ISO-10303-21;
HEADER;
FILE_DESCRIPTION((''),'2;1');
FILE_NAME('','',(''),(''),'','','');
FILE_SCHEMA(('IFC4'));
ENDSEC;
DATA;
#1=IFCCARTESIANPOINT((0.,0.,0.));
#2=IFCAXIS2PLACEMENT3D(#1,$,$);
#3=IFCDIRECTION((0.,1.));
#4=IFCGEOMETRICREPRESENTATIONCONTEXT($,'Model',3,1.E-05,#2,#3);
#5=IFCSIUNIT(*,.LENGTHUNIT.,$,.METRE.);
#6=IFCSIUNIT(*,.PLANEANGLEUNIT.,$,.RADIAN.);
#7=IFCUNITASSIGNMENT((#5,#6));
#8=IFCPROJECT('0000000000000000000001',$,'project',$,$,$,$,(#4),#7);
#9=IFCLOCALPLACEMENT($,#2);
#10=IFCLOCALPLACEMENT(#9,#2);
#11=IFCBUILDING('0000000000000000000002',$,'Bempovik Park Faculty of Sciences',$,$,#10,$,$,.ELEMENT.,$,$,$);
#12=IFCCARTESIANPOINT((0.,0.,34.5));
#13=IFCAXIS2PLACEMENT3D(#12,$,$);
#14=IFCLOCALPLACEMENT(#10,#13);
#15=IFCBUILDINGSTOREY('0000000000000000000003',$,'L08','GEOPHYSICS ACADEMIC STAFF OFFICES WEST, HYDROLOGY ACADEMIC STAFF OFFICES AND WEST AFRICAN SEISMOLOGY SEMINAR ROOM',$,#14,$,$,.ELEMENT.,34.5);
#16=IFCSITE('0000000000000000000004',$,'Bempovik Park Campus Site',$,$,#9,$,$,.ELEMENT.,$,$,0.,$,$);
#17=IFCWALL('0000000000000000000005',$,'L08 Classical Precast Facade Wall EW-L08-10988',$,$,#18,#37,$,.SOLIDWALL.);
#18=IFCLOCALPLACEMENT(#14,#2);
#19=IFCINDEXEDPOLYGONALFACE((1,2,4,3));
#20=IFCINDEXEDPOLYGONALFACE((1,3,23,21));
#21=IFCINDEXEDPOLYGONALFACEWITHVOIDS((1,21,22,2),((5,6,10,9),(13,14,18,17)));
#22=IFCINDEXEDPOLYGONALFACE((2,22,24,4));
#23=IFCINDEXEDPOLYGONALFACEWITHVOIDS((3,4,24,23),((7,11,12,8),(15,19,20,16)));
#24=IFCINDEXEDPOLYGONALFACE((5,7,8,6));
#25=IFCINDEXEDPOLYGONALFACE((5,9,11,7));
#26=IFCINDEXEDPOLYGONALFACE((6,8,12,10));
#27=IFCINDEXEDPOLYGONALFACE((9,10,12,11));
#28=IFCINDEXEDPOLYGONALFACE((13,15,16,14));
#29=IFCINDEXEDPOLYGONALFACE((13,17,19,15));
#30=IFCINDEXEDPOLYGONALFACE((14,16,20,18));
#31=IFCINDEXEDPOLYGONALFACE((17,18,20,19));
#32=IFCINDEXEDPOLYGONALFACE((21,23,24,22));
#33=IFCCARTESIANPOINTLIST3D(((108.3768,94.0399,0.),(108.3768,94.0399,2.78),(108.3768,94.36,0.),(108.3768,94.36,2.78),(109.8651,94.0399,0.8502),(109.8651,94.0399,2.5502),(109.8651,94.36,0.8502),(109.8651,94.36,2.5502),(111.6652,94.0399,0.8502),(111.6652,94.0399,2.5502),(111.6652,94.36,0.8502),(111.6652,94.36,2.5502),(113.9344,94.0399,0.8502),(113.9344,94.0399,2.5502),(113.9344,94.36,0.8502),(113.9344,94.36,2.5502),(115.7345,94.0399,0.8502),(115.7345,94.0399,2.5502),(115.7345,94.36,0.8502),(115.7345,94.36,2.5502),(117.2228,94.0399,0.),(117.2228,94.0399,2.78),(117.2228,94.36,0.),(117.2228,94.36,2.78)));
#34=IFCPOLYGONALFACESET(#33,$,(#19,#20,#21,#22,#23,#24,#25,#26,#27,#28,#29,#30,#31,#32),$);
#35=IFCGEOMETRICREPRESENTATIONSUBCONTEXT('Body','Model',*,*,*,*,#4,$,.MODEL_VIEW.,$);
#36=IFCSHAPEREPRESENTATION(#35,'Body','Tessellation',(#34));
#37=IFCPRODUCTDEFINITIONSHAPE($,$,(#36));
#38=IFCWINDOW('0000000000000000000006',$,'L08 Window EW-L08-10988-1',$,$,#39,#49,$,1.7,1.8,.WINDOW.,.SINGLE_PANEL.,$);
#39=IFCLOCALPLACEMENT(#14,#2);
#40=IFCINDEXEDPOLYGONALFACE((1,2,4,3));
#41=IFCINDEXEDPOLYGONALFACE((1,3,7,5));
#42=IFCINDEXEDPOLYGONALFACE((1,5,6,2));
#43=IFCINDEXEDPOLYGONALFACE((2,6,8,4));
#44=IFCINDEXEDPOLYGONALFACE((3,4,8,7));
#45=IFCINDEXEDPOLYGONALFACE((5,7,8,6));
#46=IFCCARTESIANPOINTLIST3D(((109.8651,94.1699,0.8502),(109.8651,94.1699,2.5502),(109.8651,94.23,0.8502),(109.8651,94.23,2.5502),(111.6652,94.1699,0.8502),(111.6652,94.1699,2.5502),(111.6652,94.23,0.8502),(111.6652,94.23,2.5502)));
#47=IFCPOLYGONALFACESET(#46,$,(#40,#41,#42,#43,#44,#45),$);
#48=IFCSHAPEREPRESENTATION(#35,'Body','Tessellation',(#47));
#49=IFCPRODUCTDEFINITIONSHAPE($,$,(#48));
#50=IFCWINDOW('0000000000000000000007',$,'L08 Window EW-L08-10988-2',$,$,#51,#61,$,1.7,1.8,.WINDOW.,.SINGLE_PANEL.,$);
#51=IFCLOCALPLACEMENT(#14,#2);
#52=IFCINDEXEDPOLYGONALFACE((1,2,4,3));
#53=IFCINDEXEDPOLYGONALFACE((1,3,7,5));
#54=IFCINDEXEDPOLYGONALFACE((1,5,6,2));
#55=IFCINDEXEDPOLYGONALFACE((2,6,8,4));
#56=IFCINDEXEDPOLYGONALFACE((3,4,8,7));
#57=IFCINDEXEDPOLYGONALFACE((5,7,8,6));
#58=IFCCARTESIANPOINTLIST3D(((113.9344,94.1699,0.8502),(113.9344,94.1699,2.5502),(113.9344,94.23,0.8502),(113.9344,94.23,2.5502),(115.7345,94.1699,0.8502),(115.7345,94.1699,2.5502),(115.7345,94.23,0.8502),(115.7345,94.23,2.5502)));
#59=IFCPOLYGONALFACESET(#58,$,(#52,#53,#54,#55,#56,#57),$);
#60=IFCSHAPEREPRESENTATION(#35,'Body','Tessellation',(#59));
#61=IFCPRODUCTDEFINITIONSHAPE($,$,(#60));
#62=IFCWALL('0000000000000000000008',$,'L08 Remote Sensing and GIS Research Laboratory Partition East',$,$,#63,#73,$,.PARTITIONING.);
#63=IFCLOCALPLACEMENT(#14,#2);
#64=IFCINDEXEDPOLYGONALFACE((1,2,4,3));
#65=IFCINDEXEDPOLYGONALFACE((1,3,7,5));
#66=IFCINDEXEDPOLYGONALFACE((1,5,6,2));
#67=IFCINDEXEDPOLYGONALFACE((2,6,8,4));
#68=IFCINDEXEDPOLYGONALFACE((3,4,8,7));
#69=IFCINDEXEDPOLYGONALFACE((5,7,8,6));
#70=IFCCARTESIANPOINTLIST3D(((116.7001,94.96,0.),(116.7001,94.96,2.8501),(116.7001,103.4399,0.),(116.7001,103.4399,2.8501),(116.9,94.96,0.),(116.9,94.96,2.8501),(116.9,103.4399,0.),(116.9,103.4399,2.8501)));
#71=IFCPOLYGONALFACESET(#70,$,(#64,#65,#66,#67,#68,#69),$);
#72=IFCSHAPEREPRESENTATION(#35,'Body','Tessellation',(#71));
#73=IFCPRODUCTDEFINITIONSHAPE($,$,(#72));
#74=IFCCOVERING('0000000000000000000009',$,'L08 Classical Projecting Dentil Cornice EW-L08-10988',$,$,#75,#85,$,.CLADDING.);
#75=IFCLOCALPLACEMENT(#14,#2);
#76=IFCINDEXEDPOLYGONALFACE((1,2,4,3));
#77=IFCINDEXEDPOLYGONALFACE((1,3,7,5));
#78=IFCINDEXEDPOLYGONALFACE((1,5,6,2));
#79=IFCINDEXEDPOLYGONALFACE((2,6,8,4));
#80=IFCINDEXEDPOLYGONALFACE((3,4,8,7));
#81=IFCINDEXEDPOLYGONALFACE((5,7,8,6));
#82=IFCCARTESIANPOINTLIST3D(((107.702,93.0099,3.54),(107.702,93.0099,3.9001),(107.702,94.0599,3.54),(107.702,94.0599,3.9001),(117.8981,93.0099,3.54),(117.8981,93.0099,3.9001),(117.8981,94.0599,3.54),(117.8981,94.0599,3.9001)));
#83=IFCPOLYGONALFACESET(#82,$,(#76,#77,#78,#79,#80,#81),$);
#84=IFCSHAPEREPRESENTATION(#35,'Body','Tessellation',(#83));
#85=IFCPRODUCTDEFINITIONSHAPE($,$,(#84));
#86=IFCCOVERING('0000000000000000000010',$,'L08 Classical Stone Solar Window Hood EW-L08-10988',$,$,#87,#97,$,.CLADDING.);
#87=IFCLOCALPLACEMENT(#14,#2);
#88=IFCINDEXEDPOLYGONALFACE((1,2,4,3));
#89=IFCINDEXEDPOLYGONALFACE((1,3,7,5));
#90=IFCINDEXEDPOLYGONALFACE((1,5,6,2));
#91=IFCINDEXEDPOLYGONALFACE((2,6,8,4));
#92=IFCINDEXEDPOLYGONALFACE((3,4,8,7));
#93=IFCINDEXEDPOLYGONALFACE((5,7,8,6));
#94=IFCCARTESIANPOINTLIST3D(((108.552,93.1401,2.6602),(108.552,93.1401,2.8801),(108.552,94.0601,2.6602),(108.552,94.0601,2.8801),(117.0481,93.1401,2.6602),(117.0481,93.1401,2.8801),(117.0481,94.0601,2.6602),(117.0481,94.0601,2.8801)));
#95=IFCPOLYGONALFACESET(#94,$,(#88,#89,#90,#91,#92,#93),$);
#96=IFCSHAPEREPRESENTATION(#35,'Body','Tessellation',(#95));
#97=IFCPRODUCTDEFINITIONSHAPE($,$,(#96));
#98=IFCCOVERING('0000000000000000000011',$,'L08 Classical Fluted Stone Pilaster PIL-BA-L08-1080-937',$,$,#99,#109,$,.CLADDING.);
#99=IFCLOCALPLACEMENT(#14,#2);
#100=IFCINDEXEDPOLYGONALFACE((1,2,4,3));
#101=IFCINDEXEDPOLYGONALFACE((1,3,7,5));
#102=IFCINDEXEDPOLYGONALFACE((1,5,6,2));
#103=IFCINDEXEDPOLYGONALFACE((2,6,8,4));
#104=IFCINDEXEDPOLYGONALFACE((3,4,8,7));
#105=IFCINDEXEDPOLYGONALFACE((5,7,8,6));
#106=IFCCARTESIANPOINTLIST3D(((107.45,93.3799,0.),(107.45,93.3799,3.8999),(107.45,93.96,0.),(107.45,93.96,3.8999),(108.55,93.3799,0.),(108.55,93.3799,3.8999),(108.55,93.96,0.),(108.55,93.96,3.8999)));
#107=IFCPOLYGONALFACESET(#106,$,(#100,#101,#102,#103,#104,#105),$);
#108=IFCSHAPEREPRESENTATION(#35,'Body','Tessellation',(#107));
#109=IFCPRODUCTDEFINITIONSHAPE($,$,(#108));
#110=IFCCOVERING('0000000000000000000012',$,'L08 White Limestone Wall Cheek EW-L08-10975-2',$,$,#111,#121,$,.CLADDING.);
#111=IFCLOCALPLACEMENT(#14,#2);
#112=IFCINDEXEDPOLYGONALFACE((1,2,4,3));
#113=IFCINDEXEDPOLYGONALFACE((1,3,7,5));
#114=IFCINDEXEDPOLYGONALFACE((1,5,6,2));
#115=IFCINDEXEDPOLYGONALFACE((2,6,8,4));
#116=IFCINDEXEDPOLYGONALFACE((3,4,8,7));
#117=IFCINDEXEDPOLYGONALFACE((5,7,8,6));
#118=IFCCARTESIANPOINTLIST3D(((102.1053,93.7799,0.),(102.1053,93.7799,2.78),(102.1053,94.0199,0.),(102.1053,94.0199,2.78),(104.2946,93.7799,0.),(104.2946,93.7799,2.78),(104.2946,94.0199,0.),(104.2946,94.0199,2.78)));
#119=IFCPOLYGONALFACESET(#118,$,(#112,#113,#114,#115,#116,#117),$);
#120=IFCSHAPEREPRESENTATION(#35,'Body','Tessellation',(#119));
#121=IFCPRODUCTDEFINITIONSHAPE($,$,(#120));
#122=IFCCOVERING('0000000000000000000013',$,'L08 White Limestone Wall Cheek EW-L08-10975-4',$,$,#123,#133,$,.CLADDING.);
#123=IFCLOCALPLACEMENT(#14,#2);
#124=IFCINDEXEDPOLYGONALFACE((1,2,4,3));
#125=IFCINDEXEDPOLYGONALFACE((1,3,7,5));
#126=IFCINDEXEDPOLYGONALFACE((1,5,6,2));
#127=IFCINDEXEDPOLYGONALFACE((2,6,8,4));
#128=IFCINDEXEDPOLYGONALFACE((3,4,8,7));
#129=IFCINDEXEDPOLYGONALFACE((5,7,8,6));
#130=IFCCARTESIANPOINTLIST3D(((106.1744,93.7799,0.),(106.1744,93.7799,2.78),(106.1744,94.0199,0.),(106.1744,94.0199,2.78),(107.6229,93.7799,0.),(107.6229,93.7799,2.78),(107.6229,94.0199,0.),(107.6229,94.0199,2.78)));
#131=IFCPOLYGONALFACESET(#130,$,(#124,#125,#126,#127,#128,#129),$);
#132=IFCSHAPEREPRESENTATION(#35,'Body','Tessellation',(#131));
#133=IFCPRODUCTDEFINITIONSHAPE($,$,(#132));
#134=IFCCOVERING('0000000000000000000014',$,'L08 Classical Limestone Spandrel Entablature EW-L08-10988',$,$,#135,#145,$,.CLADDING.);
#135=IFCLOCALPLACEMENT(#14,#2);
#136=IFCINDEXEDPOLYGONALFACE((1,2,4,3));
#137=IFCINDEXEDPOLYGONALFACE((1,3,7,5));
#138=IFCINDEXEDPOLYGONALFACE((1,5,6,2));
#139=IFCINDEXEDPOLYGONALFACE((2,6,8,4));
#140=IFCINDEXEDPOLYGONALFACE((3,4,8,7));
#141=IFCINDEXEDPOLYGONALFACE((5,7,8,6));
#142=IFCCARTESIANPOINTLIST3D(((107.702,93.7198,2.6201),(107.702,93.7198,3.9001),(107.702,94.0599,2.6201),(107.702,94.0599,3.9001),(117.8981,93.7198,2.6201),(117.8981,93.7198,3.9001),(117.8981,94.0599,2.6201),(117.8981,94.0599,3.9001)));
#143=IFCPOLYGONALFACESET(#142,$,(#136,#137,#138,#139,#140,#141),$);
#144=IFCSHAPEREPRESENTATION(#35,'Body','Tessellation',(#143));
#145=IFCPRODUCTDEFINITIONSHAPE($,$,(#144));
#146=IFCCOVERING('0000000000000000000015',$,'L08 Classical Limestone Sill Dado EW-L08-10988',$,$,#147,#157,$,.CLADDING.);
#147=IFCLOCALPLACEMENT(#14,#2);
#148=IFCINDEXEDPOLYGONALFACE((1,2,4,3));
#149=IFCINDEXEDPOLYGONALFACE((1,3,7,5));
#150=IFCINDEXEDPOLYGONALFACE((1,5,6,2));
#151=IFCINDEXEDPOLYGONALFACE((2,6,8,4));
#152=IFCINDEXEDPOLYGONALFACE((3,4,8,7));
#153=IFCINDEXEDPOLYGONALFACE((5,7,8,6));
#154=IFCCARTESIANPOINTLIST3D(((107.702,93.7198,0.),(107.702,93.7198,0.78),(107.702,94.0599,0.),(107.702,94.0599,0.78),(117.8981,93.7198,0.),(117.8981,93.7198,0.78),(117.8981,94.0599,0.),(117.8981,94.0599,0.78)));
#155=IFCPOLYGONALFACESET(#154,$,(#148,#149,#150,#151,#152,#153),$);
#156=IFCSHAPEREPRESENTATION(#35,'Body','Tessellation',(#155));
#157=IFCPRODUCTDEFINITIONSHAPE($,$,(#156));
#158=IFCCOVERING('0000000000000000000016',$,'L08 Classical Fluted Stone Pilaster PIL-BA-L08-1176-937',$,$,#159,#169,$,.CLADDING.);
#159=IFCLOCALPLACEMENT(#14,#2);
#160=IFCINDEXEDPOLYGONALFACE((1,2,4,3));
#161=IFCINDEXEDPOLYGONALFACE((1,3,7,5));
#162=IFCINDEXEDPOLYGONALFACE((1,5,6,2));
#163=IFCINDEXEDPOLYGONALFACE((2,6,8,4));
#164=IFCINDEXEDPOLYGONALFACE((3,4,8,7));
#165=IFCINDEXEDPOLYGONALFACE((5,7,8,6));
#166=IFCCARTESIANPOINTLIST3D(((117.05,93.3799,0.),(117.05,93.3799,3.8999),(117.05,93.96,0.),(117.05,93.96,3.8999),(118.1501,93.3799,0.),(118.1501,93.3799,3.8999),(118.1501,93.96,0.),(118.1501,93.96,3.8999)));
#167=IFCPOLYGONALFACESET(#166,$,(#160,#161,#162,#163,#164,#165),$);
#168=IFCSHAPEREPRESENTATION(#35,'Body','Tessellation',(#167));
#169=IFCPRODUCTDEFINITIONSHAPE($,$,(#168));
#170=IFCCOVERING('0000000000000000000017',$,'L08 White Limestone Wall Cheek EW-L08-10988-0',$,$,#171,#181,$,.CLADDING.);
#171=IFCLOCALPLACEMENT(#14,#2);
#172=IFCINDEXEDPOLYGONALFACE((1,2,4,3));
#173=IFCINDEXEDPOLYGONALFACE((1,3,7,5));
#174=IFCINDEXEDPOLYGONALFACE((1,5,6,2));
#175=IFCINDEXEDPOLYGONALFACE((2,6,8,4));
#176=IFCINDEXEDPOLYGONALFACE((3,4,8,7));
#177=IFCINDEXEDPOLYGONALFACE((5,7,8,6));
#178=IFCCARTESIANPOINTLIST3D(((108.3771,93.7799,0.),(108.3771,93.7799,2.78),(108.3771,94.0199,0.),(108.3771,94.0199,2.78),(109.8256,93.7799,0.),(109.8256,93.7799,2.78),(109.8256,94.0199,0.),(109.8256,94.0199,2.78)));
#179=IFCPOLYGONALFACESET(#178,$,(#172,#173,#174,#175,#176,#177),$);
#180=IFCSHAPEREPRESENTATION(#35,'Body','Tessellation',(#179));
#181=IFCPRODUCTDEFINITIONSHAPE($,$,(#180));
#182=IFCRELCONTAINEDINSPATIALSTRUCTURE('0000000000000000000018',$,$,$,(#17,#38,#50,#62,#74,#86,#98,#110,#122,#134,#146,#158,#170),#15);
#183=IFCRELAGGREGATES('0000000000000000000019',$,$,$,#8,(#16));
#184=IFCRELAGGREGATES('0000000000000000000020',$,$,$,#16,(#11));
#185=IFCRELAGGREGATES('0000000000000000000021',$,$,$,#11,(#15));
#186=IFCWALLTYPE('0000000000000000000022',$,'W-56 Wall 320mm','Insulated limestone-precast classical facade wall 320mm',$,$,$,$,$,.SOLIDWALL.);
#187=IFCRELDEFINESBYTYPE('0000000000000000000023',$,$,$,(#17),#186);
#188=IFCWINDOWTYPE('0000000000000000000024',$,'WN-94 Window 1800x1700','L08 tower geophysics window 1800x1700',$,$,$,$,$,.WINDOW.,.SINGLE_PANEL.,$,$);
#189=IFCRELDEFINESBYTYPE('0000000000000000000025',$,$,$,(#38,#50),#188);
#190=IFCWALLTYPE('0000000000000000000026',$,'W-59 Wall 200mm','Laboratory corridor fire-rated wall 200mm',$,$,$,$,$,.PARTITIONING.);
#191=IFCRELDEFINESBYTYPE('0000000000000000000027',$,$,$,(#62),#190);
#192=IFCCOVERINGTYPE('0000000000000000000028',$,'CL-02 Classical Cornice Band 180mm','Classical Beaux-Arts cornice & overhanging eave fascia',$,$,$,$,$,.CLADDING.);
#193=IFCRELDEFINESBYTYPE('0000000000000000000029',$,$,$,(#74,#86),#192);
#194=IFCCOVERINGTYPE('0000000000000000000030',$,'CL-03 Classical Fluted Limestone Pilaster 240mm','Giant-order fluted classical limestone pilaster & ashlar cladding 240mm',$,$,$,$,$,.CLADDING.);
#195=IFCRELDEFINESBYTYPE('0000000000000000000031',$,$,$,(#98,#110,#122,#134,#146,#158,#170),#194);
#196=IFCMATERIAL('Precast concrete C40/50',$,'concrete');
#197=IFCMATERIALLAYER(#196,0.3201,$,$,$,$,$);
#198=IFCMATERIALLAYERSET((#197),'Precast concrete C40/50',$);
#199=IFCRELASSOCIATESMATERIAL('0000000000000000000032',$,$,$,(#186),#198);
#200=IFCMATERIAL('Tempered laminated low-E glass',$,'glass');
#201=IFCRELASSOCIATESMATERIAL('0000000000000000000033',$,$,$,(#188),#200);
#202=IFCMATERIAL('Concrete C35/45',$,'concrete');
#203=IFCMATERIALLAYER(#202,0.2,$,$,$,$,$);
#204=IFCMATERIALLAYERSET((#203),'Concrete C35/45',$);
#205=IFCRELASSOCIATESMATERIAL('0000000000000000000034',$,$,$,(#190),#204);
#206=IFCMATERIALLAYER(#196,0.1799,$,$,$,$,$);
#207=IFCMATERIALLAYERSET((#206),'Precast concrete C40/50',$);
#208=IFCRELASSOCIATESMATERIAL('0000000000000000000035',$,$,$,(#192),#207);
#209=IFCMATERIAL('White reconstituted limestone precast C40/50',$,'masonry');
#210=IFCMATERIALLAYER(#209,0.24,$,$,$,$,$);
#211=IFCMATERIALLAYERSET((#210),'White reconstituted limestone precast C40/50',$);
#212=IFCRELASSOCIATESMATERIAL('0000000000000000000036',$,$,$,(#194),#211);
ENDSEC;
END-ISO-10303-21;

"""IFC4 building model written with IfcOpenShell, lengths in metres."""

from ifc_helpers import new_model, si_unit, direction, frame, frame_2d, origin, origin_2d, place, context, subcontext, project, spatial, rectangle, extrude, material, layer, layer_set, type_object, element, fill, save


model = new_model("IFC4")

# Units and contexts
model_context = context("Model", 3, precision=1e-05, world=origin(), true_north=direction((0.0, 1.0)))
body_context = subcontext(model_context, "Body", "Model", "MODEL_VIEW")
ifc_project = project(units=[si_unit("LENGTHUNIT", "METRE"), si_unit("PLANEANGLEUNIT", "RADIAN")], contexts=[model_context])

# Site, building, storey
site_placement = place(None, origin())
site = spatial("IfcSite", under=ifc_project, at=site_placement, Name="Bempovik Park Campus Site", CompositionType="ELEMENT", RefElevation=0.0)
building_placement = place(site_placement, origin())
building = spatial("IfcBuilding", under=site, at=building_placement, Name="Bempovik Park Faculty of Sciences", CompositionType="ELEMENT")
storey_placement = place(building_placement, frame((0.0, 0.0, 34.5)))
storey = spatial("IfcBuildingStorey", under=building, at=storey_placement, Name="L08", Description="GEOPHYSICS ACADEMIC STAFF OFFICES WEST, HYDROLOGY ACADEMIC STAFF OFFICES AND WEST AFRICAN SEISMOLOGY SEMINAR ROOM", CompositionType="ELEMENT", Elevation=34.5)

# Shared definitions
ifc_material_1 = material(Name="Concrete C35/45", Category="concrete")

# Wall, openings, windows
ifc_material_2 = material(Name="Precast concrete C40/50", Category="concrete")
ifc_layer_1 = layer(ifc_material_2, 0.3201)
ifc_layer_set_1 = layer_set([ifc_layer_1], Name="Precast concrete C40/50")
wall_type_1 = type_object("IfcWallType", Name="W-56 Wall 320mm", Description="Insulated limestone-precast classical facade wall 320mm", PredefinedType="SOLIDWALL", material=ifc_layer_set_1)
wall_1_placement = place(storey_placement, frame((108.377, 94.2, 0.0), z_axis=(0.0, 0.0, 1.0), x_axis=(1.0, 0.0, 0.0)))
wall_1 = element("IfcWall", 1, at=wall_1_placement, inside=storey, type_object=wall_type_1, Name="L08 Classical Precast Facade Wall EW-L08-10988", PredefinedType="SOLIDWALL", context=body_context, shape_type="SweptSolid", body=[
    extrude(rectangle(XDim=8.8459, YDim=0.3201, at=frame_2d((4.4229, 0.0))), origin(), (0.0, 0.0, 1.0), 2.78),
])
opening_1_placement = place(wall_1_placement, frame((1.4883, 0.0, 0.8501)))
opening_1 = element("IfcOpeningElement", 2, at=opening_1_placement, cuts=wall_1, PredefinedType="OPENING", context=body_context, shape_type="SweptSolid", body=[
    extrude(rectangle(XDim=1.8, YDim=1.7, at=frame_2d((0.8999, 0.8501))), frame((0.0, 0.1699, 0.0), z_axis=(0.0, -1.0, 0.0), x_axis=(1.0, 0.0, 0.0)), (0.0, 0.0, 1.0), 0.3401),
])
opening_2_placement = place(wall_1_placement, frame((5.5576, 0.0, 0.8501)))
opening_2 = element("IfcOpeningElement", 3, at=opening_2_placement, cuts=wall_1, PredefinedType="OPENING", context=body_context, shape_type="SweptSolid", body=[
    extrude(rectangle(XDim=1.8, YDim=1.7, at=frame_2d((0.8999, 0.8501))), frame((0.0, 0.1699, 0.0), z_axis=(0.0, -1.0, 0.0), x_axis=(1.0, 0.0, 0.0)), (0.0, 0.0, 1.0), 0.3401),
])
ifc_material_3 = material(Name="Tempered laminated low-E glass", Category="glass")
window_type = type_object("IfcWindowType", Name="WN-94 Window 1800x1700", Description="L08 tower geophysics window 1800x1700", PartitioningType="SINGLE_PANEL", PredefinedType="WINDOW", material=ifc_material_3)
window_1_placement = place(opening_1_placement, origin())
window_1 = element("IfcWindow", 4, at=window_1_placement, inside=storey, type_object=window_type, Name="L08 Window EW-L08-10988-1", OverallHeight=1.7, OverallWidth=1.8, PartitioningType="SINGLE_PANEL", PredefinedType="WINDOW", context=body_context, shape_type="SweptSolid", body=[
    extrude(rectangle(XDim=1.8, YDim=1.7, at=frame_2d((0.8999, 0.8501))), frame((0.0, 0.03, 0.0), z_axis=(0.0, -1.0, 0.0), x_axis=(1.0, 0.0, 0.0)), (0.0, 0.0, 1.0), 0.0601),
])
fill(opening_1, window_1)
window_2_placement = place(opening_2_placement, origin())
window_2 = element("IfcWindow", 5, at=window_2_placement, inside=storey, type_object=window_type, Name="L08 Window EW-L08-10988-2", OverallHeight=1.7, OverallWidth=1.8, PartitioningType="SINGLE_PANEL", PredefinedType="WINDOW", context=body_context, shape_type="SweptSolid", body=[
    extrude(rectangle(XDim=1.8, YDim=1.7, at=frame_2d((0.8999, 0.8501))), frame((0.0, 0.03, 0.0), z_axis=(0.0, -1.0, 0.0), x_axis=(1.0, 0.0, 0.0)), (0.0, 0.0, 1.0), 0.0601),
])
fill(opening_2, window_2)

# Wall
ifc_layer_2 = layer(ifc_material_1, 0.2)
ifc_layer_set_2 = layer_set([ifc_layer_2], Name="Concrete C35/45")
wall_type_2 = type_object("IfcWallType", Name="W-59 Wall 200mm", Description="Laboratory corridor fire-rated wall 200mm", PredefinedType="PARTITIONING", material=ifc_layer_set_2)
wall_2_placement = place(storey_placement, frame((116.8, 94.96, 0.0), z_axis=(0.0, 0.0, 1.0), x_axis=(0.0, 1.0, 0.0)))
element("IfcWall", 6, at=wall_2_placement, inside=storey, type_object=wall_type_2, Name="L08 Remote Sensing and GIS Research Laboratory Partition East", PredefinedType="PARTITIONING", context=body_context, shape_type="SweptSolid", body=[
    extrude(rectangle(XDim=8.48, YDim=0.2, at=frame_2d((4.24, 0.0))), origin(), (0.0, 0.0, 1.0), 2.8501),
])

# Coverings
ifc_layer_3 = layer(ifc_material_2, 0.1799)
ifc_layer_set_3 = layer_set([ifc_layer_3], Name="Precast concrete C40/50")
covering_type_1 = type_object("IfcCoveringType", Name="CL-02 Classical Cornice Band 180mm", Description="Classical Beaux-Arts cornice & overhanging eave fascia", PredefinedType="CLADDING", material=ifc_layer_set_3)
covering_1_placement = place(storey_placement, frame((112.8, 93.5349, 3.54), z_axis=(0.0, 0.0, 1.0), x_axis=(1.0, 0.0, 0.0)))
element("IfcCovering", 7, at=covering_1_placement, inside=storey, type_object=covering_type_1, Name="L08 Classical Projecting Dentil Cornice EW-L08-10988", PredefinedType="CLADDING", context=body_context, shape_type="SweptSolid", body=[
    extrude(rectangle(XDim=10.196, YDim=1.05, at=origin_2d()), origin(), (0.0, 0.0, 1.0), 0.3601),
])
covering_2_placement = place(storey_placement, frame((112.8, 93.6001, 2.6602), z_axis=(0.0, 0.0, 1.0), x_axis=(1.0, 0.0, 0.0)))
element("IfcCovering", 8, at=covering_2_placement, inside=storey, type_object=covering_type_1, Name="L08 Classical Stone Solar Window Hood EW-L08-10988", PredefinedType="CLADDING", context=body_context, shape_type="SweptSolid", body=[
    extrude(rectangle(XDim=8.4961, YDim=0.9199, at=origin_2d()), origin(), (0.0, 0.0, 1.0), 0.22),
])
ifc_material_4 = material(Name="White reconstituted limestone precast C40/50", Category="masonry")
ifc_layer_4 = layer(ifc_material_4, 0.24)
ifc_layer_set_4 = layer_set([ifc_layer_4], Name="White reconstituted limestone precast C40/50")
covering_type_2 = type_object("IfcCoveringType", Name="CL-03 Classical Fluted Limestone Pilaster 240mm", Description="Giant-order fluted classical limestone pilaster & ashlar cladding 240mm", PredefinedType="CLADDING", material=ifc_layer_set_4)
covering_3_placement = place(storey_placement, frame((108.0, 93.6699, 0.0), z_axis=(0.0, 0.0, 1.0), x_axis=(1.0, 0.0, 0.0)))
element("IfcCovering", 9, at=covering_3_placement, inside=storey, type_object=covering_type_2, Name="L08 Classical Fluted Stone Pilaster PIL-BA-L08-1080-937", PredefinedType="CLADDING", context=body_context, shape_type="SweptSolid", body=[
    extrude(rectangle(XDim=1.1001, YDim=0.5801, at=origin_2d()), origin(), (0.0, 0.0, 1.0), 3.8999),
])
covering_4_placement = place(storey_placement, frame((103.2, 93.8999, 0.0), z_axis=(0.0, 0.0, 1.0), x_axis=(1.0, 0.0, 0.0)))
element("IfcCovering", 10, at=covering_4_placement, inside=storey, type_object=covering_type_2, Name="L08 White Limestone Wall Cheek EW-L08-10975-2", PredefinedType="CLADDING", context=body_context, shape_type="SweptSolid", body=[
    extrude(rectangle(XDim=2.1892, YDim=0.24, at=origin_2d()), origin(), (0.0, 0.0, 1.0), 2.78),
])
covering_5_placement = place(storey_placement, frame((106.8987, 93.8999, 0.0), z_axis=(0.0, 0.0, 1.0), x_axis=(1.0, 0.0, 0.0)))
element("IfcCovering", 11, at=covering_5_placement, inside=storey, type_object=covering_type_2, Name="L08 White Limestone Wall Cheek EW-L08-10975-4", PredefinedType="CLADDING", context=body_context, shape_type="SweptSolid", body=[
    extrude(rectangle(XDim=1.4485, YDim=0.24, at=origin_2d()), origin(), (0.0, 0.0, 1.0), 2.78),
])
covering_6_placement = place(storey_placement, frame((112.8, 93.8899, 2.6201), z_axis=(0.0, 0.0, 1.0), x_axis=(1.0, 0.0, 0.0)))
element("IfcCovering", 12, at=covering_6_placement, inside=storey, type_object=covering_type_2, Name="L08 Classical Limestone Spandrel Entablature EW-L08-10988", PredefinedType="CLADDING", context=body_context, shape_type="SweptSolid", body=[
    extrude(rectangle(XDim=10.196, YDim=0.3401, at=origin_2d()), origin(), (0.0, 0.0, 1.0), 1.28),
])
covering_7_placement = place(storey_placement, frame((112.8, 93.8899, 0.0), z_axis=(0.0, 0.0, 1.0), x_axis=(1.0, 0.0, 0.0)))
element("IfcCovering", 13, at=covering_7_placement, inside=storey, type_object=covering_type_2, Name="L08 Classical Limestone Sill Dado EW-L08-10988", PredefinedType="CLADDING", context=body_context, shape_type="SweptSolid", body=[
    extrude(rectangle(XDim=10.196, YDim=0.3401, at=origin_2d()), origin(), (0.0, 0.0, 1.0), 0.78),
])
covering_8_placement = place(storey_placement, frame((117.6001, 93.6699, 0.0), z_axis=(0.0, 0.0, 1.0), x_axis=(1.0, 0.0, 0.0)))
element("IfcCovering", 14, at=covering_8_placement, inside=storey, type_object=covering_type_2, Name="L08 Classical Fluted Stone Pilaster PIL-BA-L08-1176-937", PredefinedType="CLADDING", context=body_context, shape_type="SweptSolid", body=[
    extrude(rectangle(XDim=1.1001, YDim=0.5801, at=origin_2d()), origin(), (0.0, 0.0, 1.0), 3.8999),
])
covering_9_placement = place(storey_placement, frame((109.1013, 93.8999, 0.0), z_axis=(0.0, 0.0, 1.0), x_axis=(1.0, 0.0, 0.0)))
element("IfcCovering", 15, at=covering_9_placement, inside=storey, type_object=covering_type_2, Name="L08 White Limestone Wall Cheek EW-L08-10988-0", PredefinedType="CLADDING", context=body_context, shape_type="SweptSolid", body=[
    extrude(rectangle(XDim=1.4485, YDim=0.24, at=origin_2d()), origin(), (0.0, 0.0, 1.0), 2.78),
])

save(model, "model.ifc")
